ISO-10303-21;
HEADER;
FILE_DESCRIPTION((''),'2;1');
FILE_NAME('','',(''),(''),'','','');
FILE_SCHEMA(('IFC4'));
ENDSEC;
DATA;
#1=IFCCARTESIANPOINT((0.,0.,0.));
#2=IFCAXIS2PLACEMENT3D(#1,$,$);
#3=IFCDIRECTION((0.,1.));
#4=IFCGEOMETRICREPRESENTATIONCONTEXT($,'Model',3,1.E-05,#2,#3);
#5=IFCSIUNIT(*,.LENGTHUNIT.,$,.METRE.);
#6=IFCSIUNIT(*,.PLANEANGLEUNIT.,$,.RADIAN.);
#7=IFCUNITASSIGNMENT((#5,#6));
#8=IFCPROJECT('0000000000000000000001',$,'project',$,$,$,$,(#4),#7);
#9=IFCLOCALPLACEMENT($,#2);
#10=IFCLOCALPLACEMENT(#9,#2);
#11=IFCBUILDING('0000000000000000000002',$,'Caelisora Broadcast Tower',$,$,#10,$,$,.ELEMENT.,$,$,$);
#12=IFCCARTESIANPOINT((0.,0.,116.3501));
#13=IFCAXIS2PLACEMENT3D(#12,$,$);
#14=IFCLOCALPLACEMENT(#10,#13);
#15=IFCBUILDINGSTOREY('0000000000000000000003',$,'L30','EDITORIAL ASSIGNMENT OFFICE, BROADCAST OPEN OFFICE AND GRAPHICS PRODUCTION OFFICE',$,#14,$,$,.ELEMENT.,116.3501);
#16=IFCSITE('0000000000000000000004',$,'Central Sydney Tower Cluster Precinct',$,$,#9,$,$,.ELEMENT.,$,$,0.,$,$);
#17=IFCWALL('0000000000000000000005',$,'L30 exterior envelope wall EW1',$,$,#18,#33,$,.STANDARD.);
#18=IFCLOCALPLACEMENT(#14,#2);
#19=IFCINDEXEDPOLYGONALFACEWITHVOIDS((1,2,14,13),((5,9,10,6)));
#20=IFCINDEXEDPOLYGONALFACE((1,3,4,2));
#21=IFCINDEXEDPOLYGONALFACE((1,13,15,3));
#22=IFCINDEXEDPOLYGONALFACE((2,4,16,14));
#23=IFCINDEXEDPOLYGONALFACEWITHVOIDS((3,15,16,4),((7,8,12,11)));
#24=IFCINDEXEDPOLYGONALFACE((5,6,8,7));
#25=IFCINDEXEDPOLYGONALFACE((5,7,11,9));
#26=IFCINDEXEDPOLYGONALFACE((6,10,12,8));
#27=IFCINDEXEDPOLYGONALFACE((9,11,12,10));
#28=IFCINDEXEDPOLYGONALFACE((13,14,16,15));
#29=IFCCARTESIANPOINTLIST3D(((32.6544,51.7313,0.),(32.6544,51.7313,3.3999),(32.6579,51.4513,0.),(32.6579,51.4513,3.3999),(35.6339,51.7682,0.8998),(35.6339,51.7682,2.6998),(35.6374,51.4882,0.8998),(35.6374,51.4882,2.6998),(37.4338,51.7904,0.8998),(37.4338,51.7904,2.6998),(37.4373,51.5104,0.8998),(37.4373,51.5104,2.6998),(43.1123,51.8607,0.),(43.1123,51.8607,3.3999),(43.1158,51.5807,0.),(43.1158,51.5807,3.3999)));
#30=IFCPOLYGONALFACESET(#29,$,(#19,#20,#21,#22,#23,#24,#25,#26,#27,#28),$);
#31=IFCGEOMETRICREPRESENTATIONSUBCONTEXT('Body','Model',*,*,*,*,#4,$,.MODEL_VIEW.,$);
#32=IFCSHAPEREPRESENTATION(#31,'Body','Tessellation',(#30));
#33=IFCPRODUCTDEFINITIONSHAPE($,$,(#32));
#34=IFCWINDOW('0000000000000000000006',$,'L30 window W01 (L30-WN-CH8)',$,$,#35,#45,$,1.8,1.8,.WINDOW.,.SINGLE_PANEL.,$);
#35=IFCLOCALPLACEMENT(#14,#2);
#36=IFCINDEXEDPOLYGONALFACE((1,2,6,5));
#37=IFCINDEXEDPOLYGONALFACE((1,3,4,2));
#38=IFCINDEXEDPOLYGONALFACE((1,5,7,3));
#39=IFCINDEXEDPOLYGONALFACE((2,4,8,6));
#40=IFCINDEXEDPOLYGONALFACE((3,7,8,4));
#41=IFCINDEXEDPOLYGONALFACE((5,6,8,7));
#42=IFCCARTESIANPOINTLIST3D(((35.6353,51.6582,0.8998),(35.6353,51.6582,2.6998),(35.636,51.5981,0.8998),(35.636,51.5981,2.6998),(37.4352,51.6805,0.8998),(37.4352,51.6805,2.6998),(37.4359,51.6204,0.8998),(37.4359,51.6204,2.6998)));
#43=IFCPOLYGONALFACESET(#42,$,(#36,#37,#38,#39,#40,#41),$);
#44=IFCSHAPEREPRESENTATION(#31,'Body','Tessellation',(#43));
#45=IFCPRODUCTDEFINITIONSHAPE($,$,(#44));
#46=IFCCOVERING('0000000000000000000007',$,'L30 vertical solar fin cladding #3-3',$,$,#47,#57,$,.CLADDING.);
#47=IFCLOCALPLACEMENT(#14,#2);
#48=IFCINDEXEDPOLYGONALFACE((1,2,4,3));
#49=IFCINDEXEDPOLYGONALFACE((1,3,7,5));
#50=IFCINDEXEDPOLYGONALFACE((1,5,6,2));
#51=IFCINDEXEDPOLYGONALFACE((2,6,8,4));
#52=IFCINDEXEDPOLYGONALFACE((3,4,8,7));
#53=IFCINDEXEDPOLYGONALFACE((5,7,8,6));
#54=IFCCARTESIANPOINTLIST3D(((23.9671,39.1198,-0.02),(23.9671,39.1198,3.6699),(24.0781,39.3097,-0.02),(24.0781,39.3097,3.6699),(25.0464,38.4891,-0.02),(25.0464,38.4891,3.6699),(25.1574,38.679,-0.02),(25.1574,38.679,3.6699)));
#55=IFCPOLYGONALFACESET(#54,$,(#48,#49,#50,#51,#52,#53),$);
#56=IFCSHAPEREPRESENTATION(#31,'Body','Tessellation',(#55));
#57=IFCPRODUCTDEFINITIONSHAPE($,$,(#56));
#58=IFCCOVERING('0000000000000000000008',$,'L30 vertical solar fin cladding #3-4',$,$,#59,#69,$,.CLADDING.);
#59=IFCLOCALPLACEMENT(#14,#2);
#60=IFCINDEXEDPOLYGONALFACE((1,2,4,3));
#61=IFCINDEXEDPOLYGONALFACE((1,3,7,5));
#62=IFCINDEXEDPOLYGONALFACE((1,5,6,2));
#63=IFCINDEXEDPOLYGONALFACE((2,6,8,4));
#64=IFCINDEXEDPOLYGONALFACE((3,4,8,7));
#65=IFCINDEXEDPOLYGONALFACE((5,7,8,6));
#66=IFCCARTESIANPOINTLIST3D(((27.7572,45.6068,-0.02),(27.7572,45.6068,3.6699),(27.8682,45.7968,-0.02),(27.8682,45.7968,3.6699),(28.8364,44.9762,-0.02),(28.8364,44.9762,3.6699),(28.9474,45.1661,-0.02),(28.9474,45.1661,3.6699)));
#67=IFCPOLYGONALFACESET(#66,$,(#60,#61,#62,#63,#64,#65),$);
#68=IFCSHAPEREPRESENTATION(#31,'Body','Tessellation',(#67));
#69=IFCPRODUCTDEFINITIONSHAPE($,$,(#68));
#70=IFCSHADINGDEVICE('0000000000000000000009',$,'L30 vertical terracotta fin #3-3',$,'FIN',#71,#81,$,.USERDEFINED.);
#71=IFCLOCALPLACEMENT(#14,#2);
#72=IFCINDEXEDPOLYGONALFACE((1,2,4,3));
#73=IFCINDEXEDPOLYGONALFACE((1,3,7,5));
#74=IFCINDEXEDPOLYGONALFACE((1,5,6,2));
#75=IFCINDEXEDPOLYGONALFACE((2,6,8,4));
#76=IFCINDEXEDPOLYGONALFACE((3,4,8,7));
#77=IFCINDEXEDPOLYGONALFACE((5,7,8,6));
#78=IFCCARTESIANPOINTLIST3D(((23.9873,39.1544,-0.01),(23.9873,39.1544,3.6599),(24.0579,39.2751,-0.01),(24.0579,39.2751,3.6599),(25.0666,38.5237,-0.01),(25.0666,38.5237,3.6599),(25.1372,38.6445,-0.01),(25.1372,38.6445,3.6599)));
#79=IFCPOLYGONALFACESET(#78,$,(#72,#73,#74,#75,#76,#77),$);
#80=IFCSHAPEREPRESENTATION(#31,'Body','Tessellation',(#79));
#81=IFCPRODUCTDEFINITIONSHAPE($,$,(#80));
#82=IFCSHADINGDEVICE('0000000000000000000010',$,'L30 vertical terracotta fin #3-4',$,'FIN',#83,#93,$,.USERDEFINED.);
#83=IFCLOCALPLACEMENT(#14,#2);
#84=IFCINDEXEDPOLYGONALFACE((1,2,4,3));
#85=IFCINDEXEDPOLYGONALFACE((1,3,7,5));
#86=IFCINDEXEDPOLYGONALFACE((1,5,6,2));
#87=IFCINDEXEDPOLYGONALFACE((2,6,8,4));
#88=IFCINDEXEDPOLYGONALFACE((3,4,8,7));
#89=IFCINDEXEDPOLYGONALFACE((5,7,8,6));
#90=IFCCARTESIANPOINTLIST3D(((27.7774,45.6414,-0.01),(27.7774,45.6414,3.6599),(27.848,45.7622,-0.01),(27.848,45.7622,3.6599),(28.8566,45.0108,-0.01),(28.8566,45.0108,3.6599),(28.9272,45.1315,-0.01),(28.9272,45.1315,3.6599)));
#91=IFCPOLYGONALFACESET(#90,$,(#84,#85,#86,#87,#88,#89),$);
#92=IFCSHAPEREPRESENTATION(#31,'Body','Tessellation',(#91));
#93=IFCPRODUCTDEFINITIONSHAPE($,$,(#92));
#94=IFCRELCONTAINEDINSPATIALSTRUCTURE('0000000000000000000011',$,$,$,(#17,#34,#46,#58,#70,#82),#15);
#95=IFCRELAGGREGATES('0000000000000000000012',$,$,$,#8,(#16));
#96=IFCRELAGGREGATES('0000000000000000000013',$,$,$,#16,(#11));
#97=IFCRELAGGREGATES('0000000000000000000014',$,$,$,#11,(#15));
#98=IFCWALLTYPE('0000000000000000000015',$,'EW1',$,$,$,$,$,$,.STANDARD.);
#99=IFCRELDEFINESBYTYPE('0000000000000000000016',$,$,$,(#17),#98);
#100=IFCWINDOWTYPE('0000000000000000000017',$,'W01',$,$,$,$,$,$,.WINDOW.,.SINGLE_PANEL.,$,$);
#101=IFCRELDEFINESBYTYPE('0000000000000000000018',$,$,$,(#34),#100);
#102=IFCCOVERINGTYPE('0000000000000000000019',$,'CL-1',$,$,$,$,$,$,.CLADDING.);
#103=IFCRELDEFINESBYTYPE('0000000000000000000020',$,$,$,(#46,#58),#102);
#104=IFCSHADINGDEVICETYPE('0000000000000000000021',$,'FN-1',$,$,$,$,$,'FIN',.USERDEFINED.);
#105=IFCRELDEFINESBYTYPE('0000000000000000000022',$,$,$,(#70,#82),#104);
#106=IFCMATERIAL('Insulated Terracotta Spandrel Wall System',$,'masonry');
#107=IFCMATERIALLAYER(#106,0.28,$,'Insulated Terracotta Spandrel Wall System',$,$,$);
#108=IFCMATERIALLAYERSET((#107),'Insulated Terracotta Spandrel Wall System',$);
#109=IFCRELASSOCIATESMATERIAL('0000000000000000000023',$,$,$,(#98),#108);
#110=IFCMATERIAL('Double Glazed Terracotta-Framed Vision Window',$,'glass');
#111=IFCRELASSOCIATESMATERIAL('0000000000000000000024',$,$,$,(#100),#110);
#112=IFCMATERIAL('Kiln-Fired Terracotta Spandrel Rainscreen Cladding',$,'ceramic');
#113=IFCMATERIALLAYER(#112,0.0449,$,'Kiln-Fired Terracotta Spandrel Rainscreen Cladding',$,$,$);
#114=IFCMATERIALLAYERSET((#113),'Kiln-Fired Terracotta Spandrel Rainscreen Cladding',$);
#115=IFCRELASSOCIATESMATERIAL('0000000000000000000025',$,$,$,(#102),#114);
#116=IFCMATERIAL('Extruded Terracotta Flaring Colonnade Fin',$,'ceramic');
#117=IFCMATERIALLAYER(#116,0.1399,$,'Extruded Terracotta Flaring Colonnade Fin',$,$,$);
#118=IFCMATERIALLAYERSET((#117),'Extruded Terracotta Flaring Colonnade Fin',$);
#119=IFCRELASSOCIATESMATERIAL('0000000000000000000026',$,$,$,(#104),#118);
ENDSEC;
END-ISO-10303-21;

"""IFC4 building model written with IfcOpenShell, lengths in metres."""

from ifc_helpers import new_model, si_unit, direction, frame, frame_2d, origin, origin_2d, place, context, subcontext, project, spatial, rectangle, extrude, source, transform, mapped, material, layer, layer_set, type_object, type_shapes, element, fill, save


model = new_model("IFC4")

# Units and contexts
model_context = context("Model", 3, precision=1e-05, world=origin(), true_north=direction((0.0, 1.0)))
body_context = subcontext(model_context, "Body", "Model", "MODEL_VIEW")
ifc_project = project(units=[si_unit("LENGTHUNIT", "METRE"), si_unit("PLANEANGLEUNIT", "RADIAN")], contexts=[model_context])

# Site, building, storey
site_placement = place(None, origin())
site = spatial("IfcSite", under=ifc_project, at=site_placement, Name="Central Sydney Tower Cluster Precinct", CompositionType="ELEMENT", RefElevation=0.0)
building_placement = place(site_placement, origin())
building = spatial("IfcBuilding", under=site, at=building_placement, Name="Caelisora Broadcast Tower", CompositionType="ELEMENT")
storey_placement = place(building_placement, frame((0.0, 0.0, 116.3501)))
storey = spatial("IfcBuildingStorey", under=building, at=storey_placement, Name="L30", Description="EDITORIAL ASSIGNMENT OFFICE, BROADCAST OPEN OFFICE AND GRAPHICS PRODUCTION OFFICE", CompositionType="ELEMENT", Elevation=116.3501)

# Wall, opening, window
ifc_material_1 = material(Name="Insulated Terracotta Spandrel Wall System", Category="masonry")
ifc_layer_1 = layer(ifc_material_1, 0.28, Name="Insulated Terracotta Spandrel Wall System")
ifc_layer_set_1 = layer_set([ifc_layer_1], Name="Insulated Terracotta Spandrel Wall System")
wall_type = type_object("IfcWallType", Name="EW1", PredefinedType="STANDARD", material=ifc_layer_set_1)
wall_placement = place(storey_placement, frame((32.656, 51.5913, 0.0), z_axis=(0.0, 0.0, 1.0), x_axis=(0.999923, 0.012372, 0.0)))
wall = element("IfcWall", 1, at=wall_placement, inside=storey, type_object=wall_type, Name="L30 exterior envelope wall EW1", PredefinedType="STANDARD", context=body_context, shape_type="SweptSolid", body=[
    extrude(rectangle(XDim=10.4587, YDim=0.28, at=frame_2d((5.2295, 0.0))), origin(), (0.0, 0.0, 1.0), 3.3999),
])
opening_placement = place(wall_placement, frame((2.98, 0.0, 0.8999)))
opening = element("IfcOpeningElement", 2, at=opening_placement, cuts=wall, PredefinedType="OPENING", context=body_context, shape_type="SweptSolid", body=[
    extrude(rectangle(XDim=1.8, YDim=1.8, at=frame_2d((0.8999, 0.8999))), frame((0.0, 0.1521, 0.0), z_axis=(0.0, -1.0, 0.0), x_axis=(1.0, 0.0, 0.0)), (0.0, 0.0, 1.0), 0.304),
])
ifc_material_2 = material(Name="Double Glazed Terracotta-Framed Vision Window", Category="glass")
window_type = type_object("IfcWindowType", Name="W01", PartitioningType="SINGLE_PANEL", PredefinedType="WINDOW", material=ifc_material_2)
window_placement = place(opening_placement, origin())
window = element("IfcWindow", 3, at=window_placement, inside=storey, type_object=window_type, Name="L30 window W01 (L30-WN-CH8)", OverallHeight=1.8, OverallWidth=1.8, PartitioningType="SINGLE_PANEL", PredefinedType="WINDOW", context=body_context, shape_type="SweptSolid", body=[
    extrude(rectangle(XDim=1.8, YDim=1.8, at=frame_2d((0.8999, 0.8999))), frame((0.0, 0.03, 0.0), z_axis=(0.0, -1.0, 0.0), x_axis=(1.0, 0.0, 0.0)), (0.0, 0.0, 1.0), 0.0601),
])
fill(opening, window)

# Coverings
ifc_material_3 = material(Name="Kiln-Fired Terracotta Spandrel Rainscreen Cladding", Category="ceramic")
ifc_layer_2 = layer(ifc_material_3, 0.0449, Name="Kiln-Fired Terracotta Spandrel Rainscreen Cladding")
ifc_layer_set_2 = layer_set([ifc_layer_2], Name="Kiln-Fired Terracotta Spandrel Rainscreen Cladding")
covering_type = type_object("IfcCoveringType", Name="CL-1", PredefinedType="CLADDING", material=ifc_layer_set_2)
shared_shape_1 = source(origin(), body_context, "Body", "SweptSolid", [
    extrude(rectangle(XDim=0.22, YDim=1.25, at=origin_2d()), origin(), (0.0, 0.0, 1.0), 3.6899),
])
type_shapes(covering_type, [shared_shape_1])
for number, where, z_axis, x_axis, name in (
    (4, (24.5623, 38.8994, -0.02), (0.0, 0.0, 1.0), (0.504528, 0.863396, 0.0), "L30 vertical solar fin cladding #3-3"),
    (5, (28.3523, 45.3865, -0.02), (0.0, 0.0, 1.0), (0.504528, 0.863396, 0.0), "L30 vertical solar fin cladding #3-4"),
):
    element("IfcCovering", number, at=place(storey_placement, frame(where, z_axis=z_axis, x_axis=x_axis)), inside=storey, type_object=covering_type, Name=name, PredefinedType="CLADDING", context=body_context, shape_type="MappedRepresentation", body=[
        mapped(shared_shape_1, transform((0.0, 0.0, 0.0), scale=1.0)),
    ])

# Shading devices
ifc_material_4 = material(Name="Extruded Terracotta Flaring Colonnade Fin", Category="ceramic")
ifc_layer_3 = layer(ifc_material_4, 0.1399, Name="Extruded Terracotta Flaring Colonnade Fin")
ifc_layer_set_3 = layer_set([ifc_layer_3], Name="Extruded Terracotta Flaring Colonnade Fin")
shading_device_type = type_object("IfcShadingDeviceType", Name="FN-1", ElementType="FIN", PredefinedType="USERDEFINED", material=ifc_layer_set_3)
shared_shape_2 = source(origin(), body_context, "Body", "SweptSolid", [
    extrude(rectangle(XDim=0.1399, YDim=1.25, at=origin_2d()), origin(), (0.0, 0.0, 1.0), 3.6699),
])
type_shapes(shading_device_type, [shared_shape_2])
for number, where, z_axis, x_axis, name in (
    (6, (24.5623, 38.8994, -0.01), (0.0, 0.0, 1.0), (0.504528, 0.863396, 0.0), "L30 vertical terracotta fin #3-3"),
    (7, (28.3523, 45.3865, -0.01), (0.0, 0.0, 1.0), (0.504528, 0.863396, 0.0), "L30 vertical terracotta fin #3-4"),
):
    element("IfcShadingDevice", number, at=place(storey_placement, frame(where, z_axis=z_axis, x_axis=x_axis)), inside=storey, type_object=shading_device_type, Name=name, ObjectType="FIN", PredefinedType="USERDEFINED", context=body_context, shape_type="MappedRepresentation", body=[
        mapped(shared_shape_2, transform((0.0, 0.0, 0.0), scale=1.0)),
    ])

save(model, "model.ifc")
